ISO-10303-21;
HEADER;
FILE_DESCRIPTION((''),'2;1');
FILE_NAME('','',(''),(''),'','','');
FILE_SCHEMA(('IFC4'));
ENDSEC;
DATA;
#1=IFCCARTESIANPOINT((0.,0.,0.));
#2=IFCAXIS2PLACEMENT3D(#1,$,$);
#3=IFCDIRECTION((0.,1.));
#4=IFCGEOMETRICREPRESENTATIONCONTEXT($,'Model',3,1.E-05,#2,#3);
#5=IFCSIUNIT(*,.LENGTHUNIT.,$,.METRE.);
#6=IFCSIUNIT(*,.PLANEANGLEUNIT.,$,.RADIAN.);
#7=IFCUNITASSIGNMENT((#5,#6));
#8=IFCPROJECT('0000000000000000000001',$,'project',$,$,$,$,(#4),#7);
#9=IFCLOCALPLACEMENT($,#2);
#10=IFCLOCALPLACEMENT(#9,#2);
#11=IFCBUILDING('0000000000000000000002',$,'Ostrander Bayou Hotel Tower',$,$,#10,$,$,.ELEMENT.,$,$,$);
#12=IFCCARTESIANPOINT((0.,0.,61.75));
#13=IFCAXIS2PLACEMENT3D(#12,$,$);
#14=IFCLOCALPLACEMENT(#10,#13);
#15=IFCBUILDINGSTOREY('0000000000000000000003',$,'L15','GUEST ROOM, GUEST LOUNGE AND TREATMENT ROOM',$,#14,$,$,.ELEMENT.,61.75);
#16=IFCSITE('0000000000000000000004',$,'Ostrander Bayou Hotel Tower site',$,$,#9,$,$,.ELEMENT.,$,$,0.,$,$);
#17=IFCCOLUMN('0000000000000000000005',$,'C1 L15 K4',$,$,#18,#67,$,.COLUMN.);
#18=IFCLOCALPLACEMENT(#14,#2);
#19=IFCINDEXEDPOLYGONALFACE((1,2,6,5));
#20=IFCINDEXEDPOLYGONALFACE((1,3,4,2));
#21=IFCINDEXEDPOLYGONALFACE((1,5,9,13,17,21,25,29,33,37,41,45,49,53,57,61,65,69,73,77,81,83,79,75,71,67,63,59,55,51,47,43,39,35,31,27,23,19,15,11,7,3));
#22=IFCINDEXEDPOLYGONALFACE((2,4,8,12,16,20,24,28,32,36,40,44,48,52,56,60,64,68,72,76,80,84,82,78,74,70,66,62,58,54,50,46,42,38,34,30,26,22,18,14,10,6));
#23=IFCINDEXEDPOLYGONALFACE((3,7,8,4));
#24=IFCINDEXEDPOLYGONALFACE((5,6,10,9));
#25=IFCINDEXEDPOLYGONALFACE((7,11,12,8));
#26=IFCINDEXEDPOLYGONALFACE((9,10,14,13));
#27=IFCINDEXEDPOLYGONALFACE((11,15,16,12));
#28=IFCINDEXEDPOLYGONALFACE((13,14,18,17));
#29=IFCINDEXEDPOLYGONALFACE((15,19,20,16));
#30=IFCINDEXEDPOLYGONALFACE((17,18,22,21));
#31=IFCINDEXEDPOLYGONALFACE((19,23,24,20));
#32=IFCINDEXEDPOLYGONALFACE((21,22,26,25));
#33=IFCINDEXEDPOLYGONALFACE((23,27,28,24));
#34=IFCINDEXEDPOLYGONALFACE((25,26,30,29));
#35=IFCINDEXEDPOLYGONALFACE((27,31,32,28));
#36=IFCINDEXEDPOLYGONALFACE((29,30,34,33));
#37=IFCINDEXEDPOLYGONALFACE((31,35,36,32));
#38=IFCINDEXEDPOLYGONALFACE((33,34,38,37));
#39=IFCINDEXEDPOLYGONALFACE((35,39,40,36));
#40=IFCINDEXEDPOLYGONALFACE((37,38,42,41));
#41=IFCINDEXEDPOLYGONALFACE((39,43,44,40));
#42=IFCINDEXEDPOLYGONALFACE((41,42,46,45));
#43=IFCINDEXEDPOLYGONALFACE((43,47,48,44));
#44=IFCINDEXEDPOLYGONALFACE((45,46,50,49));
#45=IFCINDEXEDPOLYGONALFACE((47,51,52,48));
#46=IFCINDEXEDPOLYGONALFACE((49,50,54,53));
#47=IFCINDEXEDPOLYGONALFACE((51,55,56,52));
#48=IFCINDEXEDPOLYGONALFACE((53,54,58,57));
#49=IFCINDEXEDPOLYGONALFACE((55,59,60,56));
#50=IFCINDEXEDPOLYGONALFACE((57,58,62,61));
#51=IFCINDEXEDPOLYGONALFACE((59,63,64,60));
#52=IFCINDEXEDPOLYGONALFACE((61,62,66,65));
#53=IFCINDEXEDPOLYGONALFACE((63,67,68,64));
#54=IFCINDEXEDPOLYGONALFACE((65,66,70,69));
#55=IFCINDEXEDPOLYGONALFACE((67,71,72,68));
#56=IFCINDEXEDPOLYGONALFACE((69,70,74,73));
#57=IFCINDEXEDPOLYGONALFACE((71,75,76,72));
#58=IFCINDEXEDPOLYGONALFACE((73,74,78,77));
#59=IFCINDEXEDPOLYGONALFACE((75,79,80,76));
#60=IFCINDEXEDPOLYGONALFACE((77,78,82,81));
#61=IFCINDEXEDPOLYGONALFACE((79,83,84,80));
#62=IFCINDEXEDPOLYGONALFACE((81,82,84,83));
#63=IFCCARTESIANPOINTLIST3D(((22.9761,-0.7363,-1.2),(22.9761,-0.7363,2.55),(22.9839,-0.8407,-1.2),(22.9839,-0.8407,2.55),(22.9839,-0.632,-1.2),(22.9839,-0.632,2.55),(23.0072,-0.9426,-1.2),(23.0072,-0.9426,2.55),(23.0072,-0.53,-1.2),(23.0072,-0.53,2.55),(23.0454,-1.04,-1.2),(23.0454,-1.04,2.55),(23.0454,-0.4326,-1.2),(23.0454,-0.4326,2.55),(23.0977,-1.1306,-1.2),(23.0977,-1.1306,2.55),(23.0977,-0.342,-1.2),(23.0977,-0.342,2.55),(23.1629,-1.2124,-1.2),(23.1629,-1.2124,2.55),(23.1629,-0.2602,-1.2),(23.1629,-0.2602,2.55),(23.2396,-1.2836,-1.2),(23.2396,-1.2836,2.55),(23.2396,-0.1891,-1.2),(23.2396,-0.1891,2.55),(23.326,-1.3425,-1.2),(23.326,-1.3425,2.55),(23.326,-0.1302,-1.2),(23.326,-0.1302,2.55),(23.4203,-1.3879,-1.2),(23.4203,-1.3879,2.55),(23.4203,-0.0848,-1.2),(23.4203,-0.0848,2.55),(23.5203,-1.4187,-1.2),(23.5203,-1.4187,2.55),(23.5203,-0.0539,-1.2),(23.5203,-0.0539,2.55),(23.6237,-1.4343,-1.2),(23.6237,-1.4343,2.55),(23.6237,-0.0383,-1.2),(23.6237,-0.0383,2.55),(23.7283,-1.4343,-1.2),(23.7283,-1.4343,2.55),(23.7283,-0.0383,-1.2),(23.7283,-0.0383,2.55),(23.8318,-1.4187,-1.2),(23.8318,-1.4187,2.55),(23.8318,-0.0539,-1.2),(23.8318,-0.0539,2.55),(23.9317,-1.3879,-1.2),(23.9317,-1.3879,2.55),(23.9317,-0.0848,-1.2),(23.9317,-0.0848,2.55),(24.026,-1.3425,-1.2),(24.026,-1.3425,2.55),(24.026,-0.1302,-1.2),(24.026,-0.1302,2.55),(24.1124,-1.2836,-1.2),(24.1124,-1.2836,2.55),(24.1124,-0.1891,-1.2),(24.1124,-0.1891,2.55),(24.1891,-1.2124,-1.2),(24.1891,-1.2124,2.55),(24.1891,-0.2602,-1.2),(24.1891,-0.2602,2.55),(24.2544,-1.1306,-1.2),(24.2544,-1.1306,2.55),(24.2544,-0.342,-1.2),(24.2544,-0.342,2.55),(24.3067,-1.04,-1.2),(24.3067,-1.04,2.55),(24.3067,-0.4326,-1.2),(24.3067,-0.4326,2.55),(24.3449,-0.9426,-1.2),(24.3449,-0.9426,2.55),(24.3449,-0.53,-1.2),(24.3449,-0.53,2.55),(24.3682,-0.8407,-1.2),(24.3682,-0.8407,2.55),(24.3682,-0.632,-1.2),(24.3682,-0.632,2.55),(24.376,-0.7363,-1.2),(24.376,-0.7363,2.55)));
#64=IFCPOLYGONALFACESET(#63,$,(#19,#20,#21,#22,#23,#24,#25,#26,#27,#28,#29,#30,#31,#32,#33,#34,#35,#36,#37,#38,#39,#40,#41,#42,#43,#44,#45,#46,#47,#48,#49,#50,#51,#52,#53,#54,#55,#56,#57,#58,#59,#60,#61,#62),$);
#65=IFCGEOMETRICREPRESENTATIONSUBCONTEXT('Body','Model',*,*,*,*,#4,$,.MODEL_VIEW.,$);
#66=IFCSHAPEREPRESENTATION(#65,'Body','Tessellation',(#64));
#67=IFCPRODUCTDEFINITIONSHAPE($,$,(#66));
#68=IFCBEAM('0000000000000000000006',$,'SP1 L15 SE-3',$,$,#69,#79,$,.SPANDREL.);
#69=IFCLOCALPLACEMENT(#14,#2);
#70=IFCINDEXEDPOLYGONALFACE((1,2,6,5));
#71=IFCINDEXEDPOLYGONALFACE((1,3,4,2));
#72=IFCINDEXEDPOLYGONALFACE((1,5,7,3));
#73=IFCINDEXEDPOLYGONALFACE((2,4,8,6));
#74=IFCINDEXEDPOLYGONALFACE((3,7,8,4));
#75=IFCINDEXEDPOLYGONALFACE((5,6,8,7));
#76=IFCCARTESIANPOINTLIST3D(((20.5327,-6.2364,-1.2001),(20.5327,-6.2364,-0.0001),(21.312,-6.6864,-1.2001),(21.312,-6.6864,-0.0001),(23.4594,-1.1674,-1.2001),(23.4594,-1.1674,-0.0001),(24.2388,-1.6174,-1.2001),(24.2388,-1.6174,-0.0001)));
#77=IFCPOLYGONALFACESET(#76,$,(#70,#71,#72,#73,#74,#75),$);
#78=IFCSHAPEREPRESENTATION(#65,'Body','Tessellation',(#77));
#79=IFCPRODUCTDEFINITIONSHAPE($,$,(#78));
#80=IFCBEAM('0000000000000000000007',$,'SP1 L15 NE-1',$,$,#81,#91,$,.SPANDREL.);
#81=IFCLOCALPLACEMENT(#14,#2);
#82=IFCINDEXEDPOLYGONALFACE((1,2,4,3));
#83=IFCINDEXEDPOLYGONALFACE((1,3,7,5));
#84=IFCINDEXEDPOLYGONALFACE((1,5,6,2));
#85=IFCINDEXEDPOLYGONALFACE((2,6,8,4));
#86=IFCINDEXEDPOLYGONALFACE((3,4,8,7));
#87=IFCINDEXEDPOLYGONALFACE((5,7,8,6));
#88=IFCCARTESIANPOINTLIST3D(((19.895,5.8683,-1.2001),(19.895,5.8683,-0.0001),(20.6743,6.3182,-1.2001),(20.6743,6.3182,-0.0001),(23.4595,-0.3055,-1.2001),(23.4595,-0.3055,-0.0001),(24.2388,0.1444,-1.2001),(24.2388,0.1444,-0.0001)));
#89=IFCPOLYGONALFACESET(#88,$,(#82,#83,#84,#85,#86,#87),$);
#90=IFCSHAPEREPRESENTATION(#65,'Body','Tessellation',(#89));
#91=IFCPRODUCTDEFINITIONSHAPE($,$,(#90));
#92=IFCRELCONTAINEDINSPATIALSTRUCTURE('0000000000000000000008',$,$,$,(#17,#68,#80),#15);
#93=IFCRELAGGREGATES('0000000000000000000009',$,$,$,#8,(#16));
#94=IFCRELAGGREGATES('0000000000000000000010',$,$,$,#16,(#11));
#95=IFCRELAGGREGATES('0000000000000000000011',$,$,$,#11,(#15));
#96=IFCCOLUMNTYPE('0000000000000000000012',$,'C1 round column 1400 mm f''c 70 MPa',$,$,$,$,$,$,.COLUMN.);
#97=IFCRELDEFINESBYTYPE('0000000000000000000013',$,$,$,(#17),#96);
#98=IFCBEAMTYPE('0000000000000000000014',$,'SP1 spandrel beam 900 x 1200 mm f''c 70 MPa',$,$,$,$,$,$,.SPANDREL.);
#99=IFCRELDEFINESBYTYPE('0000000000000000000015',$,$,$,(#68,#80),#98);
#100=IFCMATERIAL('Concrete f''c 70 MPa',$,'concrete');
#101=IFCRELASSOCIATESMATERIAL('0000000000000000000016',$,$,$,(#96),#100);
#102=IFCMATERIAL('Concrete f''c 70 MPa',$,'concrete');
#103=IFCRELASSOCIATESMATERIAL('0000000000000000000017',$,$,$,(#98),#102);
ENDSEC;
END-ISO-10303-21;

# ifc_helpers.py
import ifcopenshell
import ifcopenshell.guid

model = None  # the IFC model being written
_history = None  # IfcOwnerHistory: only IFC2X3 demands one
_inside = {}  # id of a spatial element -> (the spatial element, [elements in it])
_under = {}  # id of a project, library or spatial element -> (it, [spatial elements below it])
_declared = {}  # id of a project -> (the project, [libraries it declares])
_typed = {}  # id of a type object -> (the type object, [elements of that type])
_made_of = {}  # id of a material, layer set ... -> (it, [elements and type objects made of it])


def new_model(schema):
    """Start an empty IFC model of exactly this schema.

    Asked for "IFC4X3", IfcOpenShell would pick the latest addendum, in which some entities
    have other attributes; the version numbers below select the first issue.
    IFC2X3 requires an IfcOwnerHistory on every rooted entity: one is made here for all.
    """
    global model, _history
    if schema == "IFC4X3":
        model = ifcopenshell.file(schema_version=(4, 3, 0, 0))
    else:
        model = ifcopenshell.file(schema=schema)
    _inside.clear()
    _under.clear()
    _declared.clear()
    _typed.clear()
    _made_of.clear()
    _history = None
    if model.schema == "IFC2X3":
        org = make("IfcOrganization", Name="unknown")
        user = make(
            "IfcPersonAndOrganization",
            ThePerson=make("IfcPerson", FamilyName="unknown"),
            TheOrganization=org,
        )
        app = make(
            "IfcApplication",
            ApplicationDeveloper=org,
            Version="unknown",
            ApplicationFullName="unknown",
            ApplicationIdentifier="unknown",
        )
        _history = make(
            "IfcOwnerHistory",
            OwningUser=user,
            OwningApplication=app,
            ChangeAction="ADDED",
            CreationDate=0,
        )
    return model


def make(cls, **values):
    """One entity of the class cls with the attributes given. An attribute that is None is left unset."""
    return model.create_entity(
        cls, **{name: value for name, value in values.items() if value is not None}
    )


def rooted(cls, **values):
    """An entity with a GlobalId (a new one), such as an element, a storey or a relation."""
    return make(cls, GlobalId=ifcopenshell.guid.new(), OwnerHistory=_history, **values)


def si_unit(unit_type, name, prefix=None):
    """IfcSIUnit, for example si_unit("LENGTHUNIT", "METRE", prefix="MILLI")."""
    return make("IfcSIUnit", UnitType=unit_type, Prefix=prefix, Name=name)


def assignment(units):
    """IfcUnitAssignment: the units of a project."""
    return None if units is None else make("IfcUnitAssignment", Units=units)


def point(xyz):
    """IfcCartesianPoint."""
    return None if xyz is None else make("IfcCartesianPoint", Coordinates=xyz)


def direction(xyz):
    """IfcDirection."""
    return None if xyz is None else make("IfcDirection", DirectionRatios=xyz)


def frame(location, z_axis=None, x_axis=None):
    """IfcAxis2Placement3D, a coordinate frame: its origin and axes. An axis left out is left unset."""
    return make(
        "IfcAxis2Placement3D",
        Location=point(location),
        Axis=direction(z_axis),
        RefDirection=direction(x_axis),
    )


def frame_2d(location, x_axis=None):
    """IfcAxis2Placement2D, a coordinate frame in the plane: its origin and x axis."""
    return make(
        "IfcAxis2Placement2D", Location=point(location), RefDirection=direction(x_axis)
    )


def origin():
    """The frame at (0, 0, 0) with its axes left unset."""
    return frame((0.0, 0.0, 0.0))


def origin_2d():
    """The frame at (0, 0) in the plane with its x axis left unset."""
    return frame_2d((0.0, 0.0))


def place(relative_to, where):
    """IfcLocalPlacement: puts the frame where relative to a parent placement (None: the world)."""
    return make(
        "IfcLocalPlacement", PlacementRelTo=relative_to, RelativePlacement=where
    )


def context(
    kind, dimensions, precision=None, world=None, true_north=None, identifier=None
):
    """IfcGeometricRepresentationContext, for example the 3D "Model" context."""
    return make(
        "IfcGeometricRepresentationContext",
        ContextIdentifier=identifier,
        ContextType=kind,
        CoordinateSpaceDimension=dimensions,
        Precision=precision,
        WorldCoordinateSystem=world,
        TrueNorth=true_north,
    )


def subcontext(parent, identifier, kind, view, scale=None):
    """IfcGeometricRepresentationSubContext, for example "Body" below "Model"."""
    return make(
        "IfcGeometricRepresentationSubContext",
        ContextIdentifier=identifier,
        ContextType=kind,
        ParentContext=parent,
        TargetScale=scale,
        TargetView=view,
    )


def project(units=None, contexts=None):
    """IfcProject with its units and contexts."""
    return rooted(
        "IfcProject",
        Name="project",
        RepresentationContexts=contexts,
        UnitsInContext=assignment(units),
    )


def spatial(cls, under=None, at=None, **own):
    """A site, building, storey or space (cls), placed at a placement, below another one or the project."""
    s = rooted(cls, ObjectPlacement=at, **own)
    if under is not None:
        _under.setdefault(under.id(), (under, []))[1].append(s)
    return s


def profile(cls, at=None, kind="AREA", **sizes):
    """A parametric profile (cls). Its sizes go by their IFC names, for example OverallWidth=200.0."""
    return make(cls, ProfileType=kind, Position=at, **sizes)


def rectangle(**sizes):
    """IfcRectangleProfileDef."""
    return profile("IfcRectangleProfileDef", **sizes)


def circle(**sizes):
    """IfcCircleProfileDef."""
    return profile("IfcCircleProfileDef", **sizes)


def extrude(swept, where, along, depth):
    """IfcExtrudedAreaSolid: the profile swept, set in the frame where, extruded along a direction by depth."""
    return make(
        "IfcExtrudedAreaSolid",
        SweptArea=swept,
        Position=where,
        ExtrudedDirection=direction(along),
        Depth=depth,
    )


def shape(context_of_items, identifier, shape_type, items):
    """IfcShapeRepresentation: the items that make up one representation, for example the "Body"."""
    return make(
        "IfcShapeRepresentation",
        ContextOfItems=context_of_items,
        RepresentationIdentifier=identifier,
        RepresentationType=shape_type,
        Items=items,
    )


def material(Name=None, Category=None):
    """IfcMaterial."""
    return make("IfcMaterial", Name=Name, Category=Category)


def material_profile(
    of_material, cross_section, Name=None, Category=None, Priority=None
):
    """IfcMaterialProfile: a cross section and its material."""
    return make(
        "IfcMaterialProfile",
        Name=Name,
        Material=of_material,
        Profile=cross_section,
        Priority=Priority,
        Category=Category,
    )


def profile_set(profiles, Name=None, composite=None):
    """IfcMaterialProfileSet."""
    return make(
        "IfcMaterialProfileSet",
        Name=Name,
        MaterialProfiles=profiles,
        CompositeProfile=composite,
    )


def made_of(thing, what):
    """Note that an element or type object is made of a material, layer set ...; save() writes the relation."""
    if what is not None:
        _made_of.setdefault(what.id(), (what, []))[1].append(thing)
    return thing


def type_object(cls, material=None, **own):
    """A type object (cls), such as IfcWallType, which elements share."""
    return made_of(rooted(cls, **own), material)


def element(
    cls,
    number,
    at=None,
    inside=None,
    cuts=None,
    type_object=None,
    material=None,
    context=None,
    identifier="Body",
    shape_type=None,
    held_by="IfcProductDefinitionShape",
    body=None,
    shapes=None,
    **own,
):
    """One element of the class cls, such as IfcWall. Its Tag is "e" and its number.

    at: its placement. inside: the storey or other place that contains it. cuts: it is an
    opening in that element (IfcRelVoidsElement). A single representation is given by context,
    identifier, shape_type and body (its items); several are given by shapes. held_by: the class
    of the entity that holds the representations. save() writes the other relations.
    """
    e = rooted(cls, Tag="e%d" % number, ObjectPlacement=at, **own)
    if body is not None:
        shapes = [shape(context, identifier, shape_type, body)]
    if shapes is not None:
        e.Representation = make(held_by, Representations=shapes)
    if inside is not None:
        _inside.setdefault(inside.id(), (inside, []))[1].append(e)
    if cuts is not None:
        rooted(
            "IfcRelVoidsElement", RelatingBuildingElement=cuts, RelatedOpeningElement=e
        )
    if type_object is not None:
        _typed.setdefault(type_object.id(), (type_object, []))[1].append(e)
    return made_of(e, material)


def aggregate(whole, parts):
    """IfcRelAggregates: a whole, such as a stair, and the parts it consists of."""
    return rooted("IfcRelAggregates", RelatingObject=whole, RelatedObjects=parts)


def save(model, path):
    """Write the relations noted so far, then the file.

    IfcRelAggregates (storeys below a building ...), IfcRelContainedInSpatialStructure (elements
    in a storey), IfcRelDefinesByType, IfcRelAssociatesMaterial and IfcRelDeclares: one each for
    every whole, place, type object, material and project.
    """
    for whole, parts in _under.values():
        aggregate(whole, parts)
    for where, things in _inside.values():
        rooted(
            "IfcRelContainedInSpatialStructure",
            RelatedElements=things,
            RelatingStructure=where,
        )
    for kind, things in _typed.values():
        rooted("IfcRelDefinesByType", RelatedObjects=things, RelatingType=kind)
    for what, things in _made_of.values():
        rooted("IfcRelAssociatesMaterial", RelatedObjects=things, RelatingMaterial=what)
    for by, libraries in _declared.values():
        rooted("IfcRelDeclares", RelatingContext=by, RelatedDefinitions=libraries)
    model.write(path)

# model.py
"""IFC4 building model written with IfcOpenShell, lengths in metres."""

from ifc_helpers import new_model, si_unit, direction, frame, origin, origin_2d, place, context, subcontext, project, spatial, rectangle, circle, extrude, material, material_profile, profile_set, type_object, element, save


model = new_model("IFC4")

# Units and contexts
model_context = context("Model", 3, precision=1e-05, world=origin(), true_north=direction((0.0, 1.0)))
body_context = subcontext(model_context, "Body", "Model", "MODEL_VIEW")
ifc_project = project(units=[si_unit("LENGTHUNIT", "METRE"), si_unit("PLANEANGLEUNIT", "RADIAN")], contexts=[model_context])

# Site, building, storey
site_placement = place(None, origin())
site = spatial("IfcSite", under=ifc_project, at=site_placement, Name="Ostrander Bayou Hotel Tower site", CompositionType="ELEMENT", RefElevation=0.0)
building_placement = place(site_placement, origin())
building = spatial("IfcBuilding", under=site, at=building_placement, Name="Ostrander Bayou Hotel Tower", CompositionType="ELEMENT")
storey_placement = place(building_placement, frame((0.0, 0.0, 61.75)))
storey = spatial("IfcBuildingStorey", under=building, at=storey_placement, Name="L15", Description="GUEST ROOM, GUEST LOUNGE AND TREATMENT ROOM", CompositionType="ELEMENT", Elevation=61.75)

# Column
ifc_material_1 = material(Name="Concrete f'c 70 MPa", Category="concrete")
ifc_material_profile_1 = material_profile(ifc_material_1, circle(Radius=0.7, at=origin_2d()))
ifc_profile_set_1 = profile_set([ifc_material_profile_1], Name="Concrete f'c 70 MPa")
column_type = type_object("IfcColumnType", Name="C1 round column 1400 mm f'c 70 MPa", PredefinedType="COLUMN", material=ifc_profile_set_1)
column_placement = place(storey_placement, frame((23.676, -0.7363, -1.2), z_axis=(0.0, 0.0, 1.0), x_axis=(1.0, 0.0, 0.0)))
element("IfcColumn", 1, at=column_placement, inside=storey, type_object=column_type, Name="C1 L15 K4", PredefinedType="COLUMN", context=body_context, shape_type="SweptSolid", body=[
    extrude(circle(Radius=0.7, at=origin_2d()), origin(), (0.0, 0.0, 1.0), 3.75),
])

# Beams
ifc_material_2 = material(Name="Concrete f'c 70 MPa", Category="concrete")
ifc_material_profile_2 = material_profile(ifc_material_2, rectangle(XDim=0.8999, YDim=1.2, at=origin_2d()))
ifc_profile_set_2 = profile_set([ifc_material_profile_2], Name="Concrete f'c 70 MPa")
beam_type = type_object("IfcBeamType", Name="SP1 spandrel beam 900 x 1200 mm f'c 70 MPa", PredefinedType="SPANDREL", material=ifc_profile_set_2)
beam_1_placement = place(storey_placement, frame((20.9224, -6.4614, -0.6001), z_axis=(0.500015, 0.866017, 0.0), x_axis=(-0.866017, 0.500015, 0.0)))
element("IfcBeam", 2, at=beam_1_placement, inside=storey, type_object=beam_type, Name="SP1 L15 SE-3", PredefinedType="SPANDREL", context=body_context, shape_type="SweptSolid", body=[
    extrude(rectangle(XDim=0.8999, YDim=1.2, at=origin_2d()), origin(), (0.0, 0.0, 1.0), 5.8533),
])
beam_2_placement = place(storey_placement, frame((23.8491, -0.0806, -0.6001), z_axis=(-0.499999, 0.866026, 0.0), x_axis=(-0.866026, -0.499999, 0.0)))
element("IfcBeam", 3, at=beam_2_placement, inside=storey, type_object=beam_type, Name="SP1 L15 NE-1", PredefinedType="SPANDREL", context=body_context, shape_type="SweptSolid", body=[
    extrude(rectangle(XDim=0.8999, YDim=1.2, at=origin_2d()), origin(), (0.0, 0.0, 1.0), 7.1289),
])

save(model, "model.ifc")
